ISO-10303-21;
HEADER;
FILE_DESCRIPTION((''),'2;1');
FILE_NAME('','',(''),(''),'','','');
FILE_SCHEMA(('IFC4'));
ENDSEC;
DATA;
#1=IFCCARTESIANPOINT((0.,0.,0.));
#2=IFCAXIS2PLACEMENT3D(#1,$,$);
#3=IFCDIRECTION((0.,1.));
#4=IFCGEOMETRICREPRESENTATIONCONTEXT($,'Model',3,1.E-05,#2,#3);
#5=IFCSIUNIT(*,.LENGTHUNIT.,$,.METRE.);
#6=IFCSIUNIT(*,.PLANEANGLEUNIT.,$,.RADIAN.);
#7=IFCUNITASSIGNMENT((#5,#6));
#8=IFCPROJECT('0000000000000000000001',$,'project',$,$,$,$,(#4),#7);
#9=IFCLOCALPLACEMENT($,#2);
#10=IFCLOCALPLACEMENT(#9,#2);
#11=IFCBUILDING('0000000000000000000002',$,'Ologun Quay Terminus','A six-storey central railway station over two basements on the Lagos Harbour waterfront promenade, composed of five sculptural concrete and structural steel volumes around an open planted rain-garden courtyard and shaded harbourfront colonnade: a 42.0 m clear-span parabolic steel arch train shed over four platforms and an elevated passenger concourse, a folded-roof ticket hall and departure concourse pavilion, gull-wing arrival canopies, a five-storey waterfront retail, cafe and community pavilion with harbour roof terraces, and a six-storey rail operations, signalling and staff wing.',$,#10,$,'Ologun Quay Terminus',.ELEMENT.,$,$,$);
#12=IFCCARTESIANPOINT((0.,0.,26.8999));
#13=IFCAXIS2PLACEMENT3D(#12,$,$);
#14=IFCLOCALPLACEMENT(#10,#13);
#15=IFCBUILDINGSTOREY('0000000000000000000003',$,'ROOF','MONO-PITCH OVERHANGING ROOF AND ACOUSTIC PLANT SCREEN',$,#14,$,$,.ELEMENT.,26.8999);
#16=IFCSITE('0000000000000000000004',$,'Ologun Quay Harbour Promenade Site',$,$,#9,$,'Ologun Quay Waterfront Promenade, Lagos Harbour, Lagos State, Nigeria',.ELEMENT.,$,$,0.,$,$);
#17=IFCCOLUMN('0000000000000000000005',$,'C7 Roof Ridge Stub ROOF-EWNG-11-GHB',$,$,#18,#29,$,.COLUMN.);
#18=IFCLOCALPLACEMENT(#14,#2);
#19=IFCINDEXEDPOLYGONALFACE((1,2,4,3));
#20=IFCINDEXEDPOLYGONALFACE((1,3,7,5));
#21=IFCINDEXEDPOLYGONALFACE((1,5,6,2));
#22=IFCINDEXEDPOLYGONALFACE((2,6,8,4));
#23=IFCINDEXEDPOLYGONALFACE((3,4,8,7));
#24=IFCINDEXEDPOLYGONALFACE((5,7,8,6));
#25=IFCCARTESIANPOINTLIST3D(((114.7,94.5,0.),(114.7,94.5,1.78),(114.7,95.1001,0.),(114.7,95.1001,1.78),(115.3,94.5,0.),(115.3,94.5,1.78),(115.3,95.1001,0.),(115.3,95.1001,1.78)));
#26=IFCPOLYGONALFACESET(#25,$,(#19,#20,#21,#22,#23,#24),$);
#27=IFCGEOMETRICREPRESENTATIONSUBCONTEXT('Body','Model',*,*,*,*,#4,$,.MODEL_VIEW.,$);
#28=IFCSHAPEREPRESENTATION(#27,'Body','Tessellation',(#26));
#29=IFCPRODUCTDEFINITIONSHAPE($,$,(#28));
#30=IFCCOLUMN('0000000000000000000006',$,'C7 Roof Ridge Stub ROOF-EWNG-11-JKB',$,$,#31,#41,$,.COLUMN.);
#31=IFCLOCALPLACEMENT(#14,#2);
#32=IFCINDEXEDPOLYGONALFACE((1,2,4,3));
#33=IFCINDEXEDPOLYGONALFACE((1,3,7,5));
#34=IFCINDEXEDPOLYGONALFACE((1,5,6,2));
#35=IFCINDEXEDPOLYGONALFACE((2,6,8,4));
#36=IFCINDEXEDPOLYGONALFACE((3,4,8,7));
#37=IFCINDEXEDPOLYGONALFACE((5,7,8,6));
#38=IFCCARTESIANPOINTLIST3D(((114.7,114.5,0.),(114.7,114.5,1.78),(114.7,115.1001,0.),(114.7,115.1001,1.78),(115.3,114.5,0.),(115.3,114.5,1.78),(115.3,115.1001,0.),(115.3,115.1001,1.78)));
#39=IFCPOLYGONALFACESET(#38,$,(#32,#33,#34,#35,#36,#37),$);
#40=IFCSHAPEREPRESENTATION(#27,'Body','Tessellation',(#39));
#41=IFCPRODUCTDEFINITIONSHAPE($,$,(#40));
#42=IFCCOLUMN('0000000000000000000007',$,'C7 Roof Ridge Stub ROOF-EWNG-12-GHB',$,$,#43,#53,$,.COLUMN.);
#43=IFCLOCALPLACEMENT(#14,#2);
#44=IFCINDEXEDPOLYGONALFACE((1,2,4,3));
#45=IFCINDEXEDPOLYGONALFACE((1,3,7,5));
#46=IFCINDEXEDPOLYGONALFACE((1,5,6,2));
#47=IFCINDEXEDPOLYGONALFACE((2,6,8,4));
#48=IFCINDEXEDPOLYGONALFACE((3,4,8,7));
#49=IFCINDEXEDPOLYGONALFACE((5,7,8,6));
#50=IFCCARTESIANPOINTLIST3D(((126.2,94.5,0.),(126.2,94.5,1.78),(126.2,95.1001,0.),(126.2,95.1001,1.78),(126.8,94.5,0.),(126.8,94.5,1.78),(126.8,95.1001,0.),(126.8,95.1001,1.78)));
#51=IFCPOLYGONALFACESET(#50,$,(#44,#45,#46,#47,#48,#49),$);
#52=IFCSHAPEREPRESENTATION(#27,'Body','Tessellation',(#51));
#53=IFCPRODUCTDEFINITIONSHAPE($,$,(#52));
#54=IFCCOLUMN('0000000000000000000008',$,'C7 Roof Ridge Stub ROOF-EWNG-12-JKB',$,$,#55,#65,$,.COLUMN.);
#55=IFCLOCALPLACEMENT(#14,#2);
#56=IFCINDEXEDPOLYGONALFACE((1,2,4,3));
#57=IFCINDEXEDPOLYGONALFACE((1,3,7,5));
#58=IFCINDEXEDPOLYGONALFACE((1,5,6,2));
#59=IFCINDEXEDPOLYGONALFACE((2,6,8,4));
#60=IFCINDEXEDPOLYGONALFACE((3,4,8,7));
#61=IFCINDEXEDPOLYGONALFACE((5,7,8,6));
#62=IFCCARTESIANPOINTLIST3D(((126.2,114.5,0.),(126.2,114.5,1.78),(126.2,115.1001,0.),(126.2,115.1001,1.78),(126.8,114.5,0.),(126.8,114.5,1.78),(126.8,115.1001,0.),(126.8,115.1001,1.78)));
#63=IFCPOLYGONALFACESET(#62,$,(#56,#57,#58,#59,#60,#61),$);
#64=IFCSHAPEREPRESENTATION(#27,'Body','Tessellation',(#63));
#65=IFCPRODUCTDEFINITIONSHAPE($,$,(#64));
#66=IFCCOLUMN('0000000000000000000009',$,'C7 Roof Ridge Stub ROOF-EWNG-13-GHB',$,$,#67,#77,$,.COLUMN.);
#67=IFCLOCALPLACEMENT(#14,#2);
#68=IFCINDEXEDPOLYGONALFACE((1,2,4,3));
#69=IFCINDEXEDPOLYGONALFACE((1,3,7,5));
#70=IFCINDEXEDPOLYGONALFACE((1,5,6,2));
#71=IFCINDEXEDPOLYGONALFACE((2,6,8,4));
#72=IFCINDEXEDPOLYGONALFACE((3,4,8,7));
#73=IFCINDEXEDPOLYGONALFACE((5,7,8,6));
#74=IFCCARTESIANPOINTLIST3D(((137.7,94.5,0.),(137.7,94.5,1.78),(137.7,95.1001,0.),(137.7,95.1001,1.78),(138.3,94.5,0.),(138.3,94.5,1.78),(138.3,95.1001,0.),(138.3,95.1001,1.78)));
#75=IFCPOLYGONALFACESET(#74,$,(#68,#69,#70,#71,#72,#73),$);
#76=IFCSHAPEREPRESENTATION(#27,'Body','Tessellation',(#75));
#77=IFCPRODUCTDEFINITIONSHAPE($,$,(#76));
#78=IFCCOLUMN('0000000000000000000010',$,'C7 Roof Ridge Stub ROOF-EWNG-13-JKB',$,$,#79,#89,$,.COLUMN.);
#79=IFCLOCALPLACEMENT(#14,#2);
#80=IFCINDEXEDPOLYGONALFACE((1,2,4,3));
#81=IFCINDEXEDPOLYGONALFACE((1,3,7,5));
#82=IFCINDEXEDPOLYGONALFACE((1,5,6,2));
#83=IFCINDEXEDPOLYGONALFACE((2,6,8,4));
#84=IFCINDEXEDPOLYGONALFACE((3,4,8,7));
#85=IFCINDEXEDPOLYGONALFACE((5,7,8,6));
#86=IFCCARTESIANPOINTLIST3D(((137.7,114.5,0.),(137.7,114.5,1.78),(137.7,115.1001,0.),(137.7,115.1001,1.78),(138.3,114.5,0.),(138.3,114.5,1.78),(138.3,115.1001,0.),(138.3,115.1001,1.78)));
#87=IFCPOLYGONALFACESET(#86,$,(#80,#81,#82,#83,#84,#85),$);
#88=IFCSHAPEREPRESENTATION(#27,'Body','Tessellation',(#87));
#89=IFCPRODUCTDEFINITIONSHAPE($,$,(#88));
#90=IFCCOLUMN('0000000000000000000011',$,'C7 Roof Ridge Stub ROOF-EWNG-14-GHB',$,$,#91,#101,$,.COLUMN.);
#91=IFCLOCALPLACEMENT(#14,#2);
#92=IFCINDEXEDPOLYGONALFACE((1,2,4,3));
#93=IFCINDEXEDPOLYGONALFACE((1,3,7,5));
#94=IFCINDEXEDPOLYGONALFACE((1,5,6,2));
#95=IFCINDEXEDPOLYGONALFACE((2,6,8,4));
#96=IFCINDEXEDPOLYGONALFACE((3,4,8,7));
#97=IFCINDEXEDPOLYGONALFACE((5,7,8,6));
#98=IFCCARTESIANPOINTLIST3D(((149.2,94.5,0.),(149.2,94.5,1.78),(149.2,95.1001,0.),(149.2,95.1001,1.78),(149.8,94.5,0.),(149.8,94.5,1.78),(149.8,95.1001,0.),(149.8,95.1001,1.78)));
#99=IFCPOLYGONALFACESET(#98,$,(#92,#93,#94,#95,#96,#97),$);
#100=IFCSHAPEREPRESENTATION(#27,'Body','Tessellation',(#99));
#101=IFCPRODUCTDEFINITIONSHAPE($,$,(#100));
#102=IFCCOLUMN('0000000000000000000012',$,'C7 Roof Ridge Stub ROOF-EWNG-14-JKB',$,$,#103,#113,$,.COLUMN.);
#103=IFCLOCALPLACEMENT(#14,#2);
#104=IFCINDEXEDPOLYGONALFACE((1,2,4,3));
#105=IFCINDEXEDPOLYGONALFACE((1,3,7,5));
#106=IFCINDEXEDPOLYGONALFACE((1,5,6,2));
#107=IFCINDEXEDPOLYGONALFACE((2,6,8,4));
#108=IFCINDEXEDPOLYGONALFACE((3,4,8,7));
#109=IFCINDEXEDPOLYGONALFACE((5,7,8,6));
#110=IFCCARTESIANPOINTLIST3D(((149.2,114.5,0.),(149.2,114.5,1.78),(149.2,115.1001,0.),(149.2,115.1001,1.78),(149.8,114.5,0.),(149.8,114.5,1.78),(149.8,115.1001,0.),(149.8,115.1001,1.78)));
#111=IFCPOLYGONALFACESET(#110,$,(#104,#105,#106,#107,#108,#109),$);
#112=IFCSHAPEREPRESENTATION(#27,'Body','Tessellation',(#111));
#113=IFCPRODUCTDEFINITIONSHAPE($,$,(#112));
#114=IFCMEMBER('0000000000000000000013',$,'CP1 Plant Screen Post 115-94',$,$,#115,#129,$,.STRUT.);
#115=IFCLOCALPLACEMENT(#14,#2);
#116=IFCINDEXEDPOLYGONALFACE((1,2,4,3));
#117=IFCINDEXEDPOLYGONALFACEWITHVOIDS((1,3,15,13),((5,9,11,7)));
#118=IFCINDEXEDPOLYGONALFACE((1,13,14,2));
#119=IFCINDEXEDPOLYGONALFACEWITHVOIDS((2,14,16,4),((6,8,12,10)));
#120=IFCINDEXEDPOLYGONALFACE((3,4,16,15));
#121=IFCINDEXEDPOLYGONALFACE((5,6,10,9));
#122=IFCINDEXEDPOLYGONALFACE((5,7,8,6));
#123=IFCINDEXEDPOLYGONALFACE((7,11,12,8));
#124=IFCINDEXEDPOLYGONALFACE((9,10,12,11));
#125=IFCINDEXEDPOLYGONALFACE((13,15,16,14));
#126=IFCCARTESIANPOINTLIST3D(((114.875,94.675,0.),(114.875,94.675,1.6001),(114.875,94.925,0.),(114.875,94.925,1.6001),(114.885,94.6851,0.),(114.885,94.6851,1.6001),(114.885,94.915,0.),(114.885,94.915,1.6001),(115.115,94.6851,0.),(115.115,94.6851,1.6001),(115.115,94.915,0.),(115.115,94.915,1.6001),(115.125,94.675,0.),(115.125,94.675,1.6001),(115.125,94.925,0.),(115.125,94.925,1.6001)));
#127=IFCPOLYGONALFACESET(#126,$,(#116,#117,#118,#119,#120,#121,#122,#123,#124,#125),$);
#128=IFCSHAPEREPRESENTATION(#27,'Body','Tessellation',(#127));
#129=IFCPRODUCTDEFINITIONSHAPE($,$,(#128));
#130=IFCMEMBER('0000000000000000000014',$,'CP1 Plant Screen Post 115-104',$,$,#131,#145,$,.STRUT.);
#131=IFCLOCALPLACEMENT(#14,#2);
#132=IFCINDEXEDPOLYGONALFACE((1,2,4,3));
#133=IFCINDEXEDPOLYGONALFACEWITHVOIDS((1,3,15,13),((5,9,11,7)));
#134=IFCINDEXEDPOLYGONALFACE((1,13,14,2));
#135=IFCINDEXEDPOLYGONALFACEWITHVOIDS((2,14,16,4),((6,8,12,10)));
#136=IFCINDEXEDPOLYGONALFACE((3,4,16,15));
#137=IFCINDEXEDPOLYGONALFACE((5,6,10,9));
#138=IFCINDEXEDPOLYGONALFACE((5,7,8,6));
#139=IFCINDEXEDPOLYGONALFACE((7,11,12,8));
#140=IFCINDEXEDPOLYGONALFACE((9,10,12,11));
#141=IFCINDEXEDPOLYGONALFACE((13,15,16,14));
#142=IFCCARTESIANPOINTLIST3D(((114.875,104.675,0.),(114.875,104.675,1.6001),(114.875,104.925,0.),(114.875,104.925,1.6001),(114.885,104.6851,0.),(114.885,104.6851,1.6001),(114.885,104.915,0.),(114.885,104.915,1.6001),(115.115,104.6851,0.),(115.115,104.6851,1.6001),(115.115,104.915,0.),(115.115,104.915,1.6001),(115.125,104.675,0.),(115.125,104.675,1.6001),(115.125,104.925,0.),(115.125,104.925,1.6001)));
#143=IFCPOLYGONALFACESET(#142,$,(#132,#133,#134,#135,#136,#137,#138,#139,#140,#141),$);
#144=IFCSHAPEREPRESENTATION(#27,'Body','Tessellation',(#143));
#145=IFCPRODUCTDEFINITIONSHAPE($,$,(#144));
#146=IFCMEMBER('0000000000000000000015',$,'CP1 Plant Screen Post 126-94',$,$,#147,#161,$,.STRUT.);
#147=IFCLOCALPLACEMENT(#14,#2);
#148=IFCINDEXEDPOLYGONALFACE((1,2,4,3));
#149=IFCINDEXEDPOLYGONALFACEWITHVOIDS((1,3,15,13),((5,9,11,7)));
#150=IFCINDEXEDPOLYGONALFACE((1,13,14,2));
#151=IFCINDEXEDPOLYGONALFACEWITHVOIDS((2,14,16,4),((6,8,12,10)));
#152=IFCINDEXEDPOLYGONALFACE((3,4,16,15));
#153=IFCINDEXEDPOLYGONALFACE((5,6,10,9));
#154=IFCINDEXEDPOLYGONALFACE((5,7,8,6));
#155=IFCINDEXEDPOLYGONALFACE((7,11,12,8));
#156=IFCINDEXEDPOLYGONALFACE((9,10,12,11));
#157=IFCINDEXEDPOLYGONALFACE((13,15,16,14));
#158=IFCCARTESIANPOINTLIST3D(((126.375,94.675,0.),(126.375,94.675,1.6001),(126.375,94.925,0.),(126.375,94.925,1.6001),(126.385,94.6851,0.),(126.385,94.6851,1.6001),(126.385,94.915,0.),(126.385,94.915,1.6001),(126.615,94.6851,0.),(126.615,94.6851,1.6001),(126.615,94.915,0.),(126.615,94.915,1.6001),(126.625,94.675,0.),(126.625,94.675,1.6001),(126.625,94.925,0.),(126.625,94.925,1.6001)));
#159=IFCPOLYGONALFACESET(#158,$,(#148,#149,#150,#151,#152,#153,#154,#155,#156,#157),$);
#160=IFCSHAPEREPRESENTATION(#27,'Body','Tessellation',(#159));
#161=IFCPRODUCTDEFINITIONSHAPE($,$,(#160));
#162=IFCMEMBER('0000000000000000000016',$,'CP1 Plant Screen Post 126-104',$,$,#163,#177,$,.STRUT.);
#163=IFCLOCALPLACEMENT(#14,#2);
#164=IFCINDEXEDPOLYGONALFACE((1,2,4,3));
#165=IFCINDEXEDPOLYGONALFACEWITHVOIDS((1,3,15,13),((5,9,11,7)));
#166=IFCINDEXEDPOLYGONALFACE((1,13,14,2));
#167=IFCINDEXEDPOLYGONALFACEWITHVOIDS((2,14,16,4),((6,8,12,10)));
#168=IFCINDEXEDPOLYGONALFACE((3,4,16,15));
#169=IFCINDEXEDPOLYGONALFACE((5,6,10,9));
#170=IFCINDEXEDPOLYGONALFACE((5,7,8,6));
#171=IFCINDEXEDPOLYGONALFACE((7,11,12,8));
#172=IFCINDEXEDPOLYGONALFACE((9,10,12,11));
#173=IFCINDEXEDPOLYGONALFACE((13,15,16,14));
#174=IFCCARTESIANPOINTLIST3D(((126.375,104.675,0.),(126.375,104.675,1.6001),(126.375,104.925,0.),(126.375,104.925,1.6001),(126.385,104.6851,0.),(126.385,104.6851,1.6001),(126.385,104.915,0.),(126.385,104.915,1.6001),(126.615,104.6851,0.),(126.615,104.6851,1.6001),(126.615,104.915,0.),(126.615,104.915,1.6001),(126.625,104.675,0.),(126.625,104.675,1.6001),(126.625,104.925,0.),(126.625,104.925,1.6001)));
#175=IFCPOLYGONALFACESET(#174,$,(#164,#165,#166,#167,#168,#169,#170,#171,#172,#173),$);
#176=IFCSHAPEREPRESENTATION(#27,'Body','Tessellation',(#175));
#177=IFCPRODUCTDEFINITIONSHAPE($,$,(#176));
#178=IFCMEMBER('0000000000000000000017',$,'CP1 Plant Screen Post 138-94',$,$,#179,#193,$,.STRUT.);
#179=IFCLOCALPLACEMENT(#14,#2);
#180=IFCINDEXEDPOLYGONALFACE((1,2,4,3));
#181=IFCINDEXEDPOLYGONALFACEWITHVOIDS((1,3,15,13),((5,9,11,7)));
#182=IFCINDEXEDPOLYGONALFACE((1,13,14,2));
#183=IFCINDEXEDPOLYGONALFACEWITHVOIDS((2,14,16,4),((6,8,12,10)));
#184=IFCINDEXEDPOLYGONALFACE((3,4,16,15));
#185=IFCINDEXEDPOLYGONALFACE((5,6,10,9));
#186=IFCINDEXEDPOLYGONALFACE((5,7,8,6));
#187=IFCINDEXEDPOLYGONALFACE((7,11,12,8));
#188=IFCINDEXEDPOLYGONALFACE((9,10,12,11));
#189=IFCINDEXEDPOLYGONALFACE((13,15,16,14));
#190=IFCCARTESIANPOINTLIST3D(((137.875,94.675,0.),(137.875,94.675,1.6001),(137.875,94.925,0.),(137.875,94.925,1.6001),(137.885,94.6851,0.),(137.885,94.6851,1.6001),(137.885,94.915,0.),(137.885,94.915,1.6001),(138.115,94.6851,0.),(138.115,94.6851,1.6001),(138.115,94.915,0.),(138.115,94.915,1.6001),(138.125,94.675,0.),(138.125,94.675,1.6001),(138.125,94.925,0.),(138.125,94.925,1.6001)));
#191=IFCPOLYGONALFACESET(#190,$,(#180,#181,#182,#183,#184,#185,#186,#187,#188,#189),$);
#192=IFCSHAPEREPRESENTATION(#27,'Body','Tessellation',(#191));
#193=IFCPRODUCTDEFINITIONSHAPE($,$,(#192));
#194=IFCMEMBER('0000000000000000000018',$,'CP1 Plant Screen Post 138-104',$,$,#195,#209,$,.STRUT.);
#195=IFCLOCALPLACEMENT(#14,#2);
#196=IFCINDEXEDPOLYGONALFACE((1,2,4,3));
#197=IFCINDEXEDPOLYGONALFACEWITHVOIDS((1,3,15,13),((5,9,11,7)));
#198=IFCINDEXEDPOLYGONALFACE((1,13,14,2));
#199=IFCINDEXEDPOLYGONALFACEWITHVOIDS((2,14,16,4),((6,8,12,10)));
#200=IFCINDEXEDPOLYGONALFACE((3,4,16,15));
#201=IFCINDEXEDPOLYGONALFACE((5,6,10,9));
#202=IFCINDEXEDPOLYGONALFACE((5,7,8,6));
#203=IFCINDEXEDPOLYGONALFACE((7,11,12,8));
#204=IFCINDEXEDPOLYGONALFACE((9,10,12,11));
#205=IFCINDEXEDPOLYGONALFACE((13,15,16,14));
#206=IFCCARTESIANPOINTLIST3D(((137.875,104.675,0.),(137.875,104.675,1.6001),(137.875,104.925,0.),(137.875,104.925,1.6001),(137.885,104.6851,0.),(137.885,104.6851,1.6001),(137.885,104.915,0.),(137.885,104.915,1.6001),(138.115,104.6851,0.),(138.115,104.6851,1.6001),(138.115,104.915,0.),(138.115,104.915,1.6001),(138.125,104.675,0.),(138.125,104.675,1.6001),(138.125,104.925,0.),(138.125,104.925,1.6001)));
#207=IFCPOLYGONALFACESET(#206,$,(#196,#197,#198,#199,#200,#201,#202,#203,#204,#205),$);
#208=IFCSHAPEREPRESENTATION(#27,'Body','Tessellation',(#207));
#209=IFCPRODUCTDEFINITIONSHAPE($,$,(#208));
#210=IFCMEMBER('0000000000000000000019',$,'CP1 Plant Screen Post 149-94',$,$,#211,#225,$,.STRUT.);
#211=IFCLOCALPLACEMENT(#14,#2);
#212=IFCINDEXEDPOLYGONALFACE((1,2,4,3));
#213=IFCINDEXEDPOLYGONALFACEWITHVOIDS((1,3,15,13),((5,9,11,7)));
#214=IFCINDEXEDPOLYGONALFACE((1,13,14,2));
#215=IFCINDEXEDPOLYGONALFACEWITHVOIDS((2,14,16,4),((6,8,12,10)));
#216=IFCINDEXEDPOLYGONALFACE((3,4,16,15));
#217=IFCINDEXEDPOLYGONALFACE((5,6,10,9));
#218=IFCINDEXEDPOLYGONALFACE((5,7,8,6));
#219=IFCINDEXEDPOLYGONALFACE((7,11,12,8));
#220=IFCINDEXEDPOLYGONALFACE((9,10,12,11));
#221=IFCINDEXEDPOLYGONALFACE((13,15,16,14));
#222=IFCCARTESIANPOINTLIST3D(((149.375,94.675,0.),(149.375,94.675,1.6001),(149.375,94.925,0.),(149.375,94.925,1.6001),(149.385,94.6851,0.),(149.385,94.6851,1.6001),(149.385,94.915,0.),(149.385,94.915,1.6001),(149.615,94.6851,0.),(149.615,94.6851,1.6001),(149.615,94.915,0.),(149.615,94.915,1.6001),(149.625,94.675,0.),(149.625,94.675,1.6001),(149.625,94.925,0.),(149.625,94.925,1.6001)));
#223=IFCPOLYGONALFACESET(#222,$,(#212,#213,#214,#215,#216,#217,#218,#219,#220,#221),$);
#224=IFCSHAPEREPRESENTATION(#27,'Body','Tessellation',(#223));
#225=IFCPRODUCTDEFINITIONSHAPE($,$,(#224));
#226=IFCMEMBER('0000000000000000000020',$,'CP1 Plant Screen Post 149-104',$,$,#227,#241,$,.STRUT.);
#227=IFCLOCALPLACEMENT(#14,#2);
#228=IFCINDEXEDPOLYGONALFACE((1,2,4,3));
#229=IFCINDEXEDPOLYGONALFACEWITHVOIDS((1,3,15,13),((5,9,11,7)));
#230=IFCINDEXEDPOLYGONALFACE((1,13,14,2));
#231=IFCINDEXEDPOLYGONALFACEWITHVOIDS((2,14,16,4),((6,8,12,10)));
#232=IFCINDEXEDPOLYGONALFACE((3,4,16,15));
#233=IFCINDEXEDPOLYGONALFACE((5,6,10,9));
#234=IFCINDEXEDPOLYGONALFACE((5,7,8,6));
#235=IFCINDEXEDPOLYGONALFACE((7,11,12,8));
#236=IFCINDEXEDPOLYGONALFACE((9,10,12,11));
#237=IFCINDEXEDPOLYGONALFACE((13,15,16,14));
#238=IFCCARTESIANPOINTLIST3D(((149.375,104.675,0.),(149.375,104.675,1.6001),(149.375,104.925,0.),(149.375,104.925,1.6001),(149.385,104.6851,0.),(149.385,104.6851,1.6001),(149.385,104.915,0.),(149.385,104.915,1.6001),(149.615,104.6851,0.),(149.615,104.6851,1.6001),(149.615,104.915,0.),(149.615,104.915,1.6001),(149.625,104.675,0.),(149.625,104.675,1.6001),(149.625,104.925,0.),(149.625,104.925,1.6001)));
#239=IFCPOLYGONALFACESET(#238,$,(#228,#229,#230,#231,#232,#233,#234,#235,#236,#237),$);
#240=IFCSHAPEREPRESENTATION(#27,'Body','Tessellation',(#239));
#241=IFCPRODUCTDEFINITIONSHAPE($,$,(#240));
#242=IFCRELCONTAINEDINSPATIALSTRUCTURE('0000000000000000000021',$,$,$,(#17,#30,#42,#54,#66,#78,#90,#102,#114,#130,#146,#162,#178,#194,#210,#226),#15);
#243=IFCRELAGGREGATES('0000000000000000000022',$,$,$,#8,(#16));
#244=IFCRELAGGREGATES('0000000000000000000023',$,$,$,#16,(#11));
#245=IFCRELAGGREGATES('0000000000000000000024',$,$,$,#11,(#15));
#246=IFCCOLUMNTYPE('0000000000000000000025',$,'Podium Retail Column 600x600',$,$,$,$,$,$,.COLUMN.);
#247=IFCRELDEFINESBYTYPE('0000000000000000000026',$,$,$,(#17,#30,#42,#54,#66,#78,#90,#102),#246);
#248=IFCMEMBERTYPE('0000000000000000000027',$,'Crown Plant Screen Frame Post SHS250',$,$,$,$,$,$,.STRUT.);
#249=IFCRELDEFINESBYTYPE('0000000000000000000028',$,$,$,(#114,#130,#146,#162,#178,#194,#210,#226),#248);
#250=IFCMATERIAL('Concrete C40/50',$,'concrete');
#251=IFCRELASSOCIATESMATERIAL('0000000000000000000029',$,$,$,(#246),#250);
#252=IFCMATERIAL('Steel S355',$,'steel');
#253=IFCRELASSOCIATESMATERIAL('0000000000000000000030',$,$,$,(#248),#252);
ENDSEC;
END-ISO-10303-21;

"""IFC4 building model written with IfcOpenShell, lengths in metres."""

from ifc_helpers import new_model, si_unit, direction, frame, origin, origin_2d, place, context, subcontext, project, spatial, rectangle, hollow_rectangle, extrude, material, material_profile, profile_set, type_object, element, save


model = new_model("IFC4")

# Units and contexts
model_context = context("Model", 3, precision=1e-05, world=origin(), true_north=direction((0.0, 1.0)))
body_context = subcontext(model_context, "Body", "Model", "MODEL_VIEW")
ifc_project = project(units=[si_unit("LENGTHUNIT", "METRE"), si_unit("PLANEANGLEUNIT", "RADIAN")], contexts=[model_context])

# Site, building, storey
site_placement = place(None, origin())
site = spatial("IfcSite", under=ifc_project, at=site_placement, Name="Ologun Quay Harbour Promenade Site", LongName="Ologun Quay Waterfront Promenade, Lagos Harbour, Lagos State, Nigeria", CompositionType="ELEMENT", RefElevation=0.0)
building_placement = place(site_placement, origin())
building = spatial("IfcBuilding", under=site, at=building_placement, Name="Ologun Quay Terminus", Description="A six-storey central railway station over two basements on the Lagos Harbour waterfront promenade, composed of five sculptural concrete and structural steel volumes around an open planted rain-garden courtyard and shaded harbourfront colonnade: a 42.0 m clear-span parabolic steel arch train shed over four platforms and an elevated passenger concourse, a folded-roof ticket hall and departure concourse pavilion, gull-wing arrival canopies, a five-storey waterfront retail, cafe and community pavilion with harbour roof terraces, and a six-storey rail operations, signalling and staff wing.", LongName="Ologun Quay Terminus", CompositionType="ELEMENT")
storey_placement = place(building_placement, frame((0.0, 0.0, 26.8999)))
storey = spatial("IfcBuildingStorey", under=building, at=storey_placement, Name="ROOF", Description="MONO-PITCH OVERHANGING ROOF AND ACOUSTIC PLANT SCREEN", CompositionType="ELEMENT", Elevation=26.8999)

# Columns
ifc_material_1 = material(Name="Concrete C40/50", Category="concrete")
ifc_material_profile_1 = material_profile(ifc_material_1, rectangle(XDim=0.6001, YDim=0.6001, at=origin_2d()), Name="RC 600x600")
ifc_profile_set_1 = profile_set([ifc_material_profile_1], Name="Concrete C40/50")
column_type = type_object("IfcColumnType", Name="Podium Retail Column 600x600", PredefinedType="COLUMN", material=ifc_profile_set_1)
for number, where, z_axis, x_axis, name in (
    (1, (115.0, 94.8, 0.0), (0.0, 0.0, 1.0), (1.0, 0.0, 0.0), "C7 Roof Ridge Stub ROOF-EWNG-11-GHB"),
    (2, (115.0, 114.8, 0.0), (0.0, 0.0, 1.0), (1.0, 0.0, 0.0), "C7 Roof Ridge Stub ROOF-EWNG-11-JKB"),
    (3, (126.5, 94.8, 0.0), (0.0, 0.0, 1.0), (1.0, 0.0, 0.0), "C7 Roof Ridge Stub ROOF-EWNG-12-GHB"),
    (4, (126.5, 114.8, 0.0), (0.0, 0.0, 1.0), (1.0, 0.0, 0.0), "C7 Roof Ridge Stub ROOF-EWNG-12-JKB"),
    (5, (138.0, 94.8, 0.0), (0.0, 0.0, 1.0), (1.0, 0.0, 0.0), "C7 Roof Ridge Stub ROOF-EWNG-13-GHB"),
    (6, (138.0, 114.8, 0.0), (0.0, 0.0, 1.0), (1.0, 0.0, 0.0), "C7 Roof Ridge Stub ROOF-EWNG-13-JKB"),
    (7, (149.5, 94.8, 0.0), (0.0, 0.0, 1.0), (1.0, 0.0, 0.0), "C7 Roof Ridge Stub ROOF-EWNG-14-GHB"),
    (8, (149.5, 114.8, 0.0), (0.0, 0.0, 1.0), (1.0, 0.0, 0.0), "C7 Roof Ridge Stub ROOF-EWNG-14-JKB"),
):
    element("IfcColumn", number, at=place(storey_placement, frame(where, z_axis=z_axis, x_axis=x_axis)), inside=storey, type_object=column_type, Name=name, PredefinedType="COLUMN", context=body_context, shape_type="SweptSolid", body=[
        extrude(rectangle(XDim=0.6001, YDim=0.6001, at=origin_2d()), origin(), (0.0, 0.0, 1.0), 1.78),
    ])

# Members
ifc_material_2 = material(Name="Steel S355", Category="steel")
ifc_material_profile_2 = material_profile(ifc_material_2, hollow_rectangle(XDim=0.25, YDim=0.25, WallThickness=0.01, at=origin_2d()), Name="SHS 250x250x10")
ifc_profile_set_2 = profile_set([ifc_material_profile_2], Name="Steel S355")
member_type_1 = type_object("IfcMemberType", Name="Crown Plant Screen Frame Post SHS250", PredefinedType="STRUT", material=ifc_profile_set_2)
for number, where, z_axis, x_axis, name in (
    (9, (115.0, 94.8, 0.0), (0.0, 0.0, 1.0), (1.0, 0.0, 0.0), "CP1 Plant Screen Post 115-94"),
    (10, (115.0, 104.8, 0.0), (0.0, 0.0, 1.0), (1.0, 0.0, 0.0), "CP1 Plant Screen Post 115-104"),
    (11, (126.5, 94.8, 0.0), (0.0, 0.0, 1.0), (1.0, 0.0, 0.0), "CP1 Plant Screen Post 126-94"),
    (12, (126.5, 104.8, 0.0), (0.0, 0.0, 1.0), (1.0, 0.0, 0.0), "CP1 Plant Screen Post 126-104"),
    (13, (138.0, 94.8, 0.0), (0.0, 0.0, 1.0), (1.0, 0.0, 0.0), "CP1 Plant Screen Post 138-94"),
    (14, (138.0, 104.8, 0.0), (0.0, 0.0, 1.0), (1.0, 0.0, 0.0), "CP1 Plant Screen Post 138-104"),
    (15, (149.5, 94.8, 0.0), (0.0, 0.0, 1.0), (1.0, 0.0, 0.0), "CP1 Plant Screen Post 149-94"),
    (16, (149.5, 104.8, 0.0), (0.0, 0.0, 1.0), (1.0, 0.0, 0.0), "CP1 Plant Screen Post 149-104"),
):
    element("IfcMember", number, at=place(storey_placement, frame(where, z_axis=z_axis, x_axis=x_axis)), inside=storey, type_object=member_type_1, Name=name, PredefinedType="STRUT", context=body_context, shape_type="SweptSolid", body=[
        extrude(hollow_rectangle(XDim=0.25, YDim=0.25, WallThickness=0.01, at=origin_2d()), origin(), (0.0, 0.0, 1.0), 1.6001),
    ])

save(model, "model.ifc")
